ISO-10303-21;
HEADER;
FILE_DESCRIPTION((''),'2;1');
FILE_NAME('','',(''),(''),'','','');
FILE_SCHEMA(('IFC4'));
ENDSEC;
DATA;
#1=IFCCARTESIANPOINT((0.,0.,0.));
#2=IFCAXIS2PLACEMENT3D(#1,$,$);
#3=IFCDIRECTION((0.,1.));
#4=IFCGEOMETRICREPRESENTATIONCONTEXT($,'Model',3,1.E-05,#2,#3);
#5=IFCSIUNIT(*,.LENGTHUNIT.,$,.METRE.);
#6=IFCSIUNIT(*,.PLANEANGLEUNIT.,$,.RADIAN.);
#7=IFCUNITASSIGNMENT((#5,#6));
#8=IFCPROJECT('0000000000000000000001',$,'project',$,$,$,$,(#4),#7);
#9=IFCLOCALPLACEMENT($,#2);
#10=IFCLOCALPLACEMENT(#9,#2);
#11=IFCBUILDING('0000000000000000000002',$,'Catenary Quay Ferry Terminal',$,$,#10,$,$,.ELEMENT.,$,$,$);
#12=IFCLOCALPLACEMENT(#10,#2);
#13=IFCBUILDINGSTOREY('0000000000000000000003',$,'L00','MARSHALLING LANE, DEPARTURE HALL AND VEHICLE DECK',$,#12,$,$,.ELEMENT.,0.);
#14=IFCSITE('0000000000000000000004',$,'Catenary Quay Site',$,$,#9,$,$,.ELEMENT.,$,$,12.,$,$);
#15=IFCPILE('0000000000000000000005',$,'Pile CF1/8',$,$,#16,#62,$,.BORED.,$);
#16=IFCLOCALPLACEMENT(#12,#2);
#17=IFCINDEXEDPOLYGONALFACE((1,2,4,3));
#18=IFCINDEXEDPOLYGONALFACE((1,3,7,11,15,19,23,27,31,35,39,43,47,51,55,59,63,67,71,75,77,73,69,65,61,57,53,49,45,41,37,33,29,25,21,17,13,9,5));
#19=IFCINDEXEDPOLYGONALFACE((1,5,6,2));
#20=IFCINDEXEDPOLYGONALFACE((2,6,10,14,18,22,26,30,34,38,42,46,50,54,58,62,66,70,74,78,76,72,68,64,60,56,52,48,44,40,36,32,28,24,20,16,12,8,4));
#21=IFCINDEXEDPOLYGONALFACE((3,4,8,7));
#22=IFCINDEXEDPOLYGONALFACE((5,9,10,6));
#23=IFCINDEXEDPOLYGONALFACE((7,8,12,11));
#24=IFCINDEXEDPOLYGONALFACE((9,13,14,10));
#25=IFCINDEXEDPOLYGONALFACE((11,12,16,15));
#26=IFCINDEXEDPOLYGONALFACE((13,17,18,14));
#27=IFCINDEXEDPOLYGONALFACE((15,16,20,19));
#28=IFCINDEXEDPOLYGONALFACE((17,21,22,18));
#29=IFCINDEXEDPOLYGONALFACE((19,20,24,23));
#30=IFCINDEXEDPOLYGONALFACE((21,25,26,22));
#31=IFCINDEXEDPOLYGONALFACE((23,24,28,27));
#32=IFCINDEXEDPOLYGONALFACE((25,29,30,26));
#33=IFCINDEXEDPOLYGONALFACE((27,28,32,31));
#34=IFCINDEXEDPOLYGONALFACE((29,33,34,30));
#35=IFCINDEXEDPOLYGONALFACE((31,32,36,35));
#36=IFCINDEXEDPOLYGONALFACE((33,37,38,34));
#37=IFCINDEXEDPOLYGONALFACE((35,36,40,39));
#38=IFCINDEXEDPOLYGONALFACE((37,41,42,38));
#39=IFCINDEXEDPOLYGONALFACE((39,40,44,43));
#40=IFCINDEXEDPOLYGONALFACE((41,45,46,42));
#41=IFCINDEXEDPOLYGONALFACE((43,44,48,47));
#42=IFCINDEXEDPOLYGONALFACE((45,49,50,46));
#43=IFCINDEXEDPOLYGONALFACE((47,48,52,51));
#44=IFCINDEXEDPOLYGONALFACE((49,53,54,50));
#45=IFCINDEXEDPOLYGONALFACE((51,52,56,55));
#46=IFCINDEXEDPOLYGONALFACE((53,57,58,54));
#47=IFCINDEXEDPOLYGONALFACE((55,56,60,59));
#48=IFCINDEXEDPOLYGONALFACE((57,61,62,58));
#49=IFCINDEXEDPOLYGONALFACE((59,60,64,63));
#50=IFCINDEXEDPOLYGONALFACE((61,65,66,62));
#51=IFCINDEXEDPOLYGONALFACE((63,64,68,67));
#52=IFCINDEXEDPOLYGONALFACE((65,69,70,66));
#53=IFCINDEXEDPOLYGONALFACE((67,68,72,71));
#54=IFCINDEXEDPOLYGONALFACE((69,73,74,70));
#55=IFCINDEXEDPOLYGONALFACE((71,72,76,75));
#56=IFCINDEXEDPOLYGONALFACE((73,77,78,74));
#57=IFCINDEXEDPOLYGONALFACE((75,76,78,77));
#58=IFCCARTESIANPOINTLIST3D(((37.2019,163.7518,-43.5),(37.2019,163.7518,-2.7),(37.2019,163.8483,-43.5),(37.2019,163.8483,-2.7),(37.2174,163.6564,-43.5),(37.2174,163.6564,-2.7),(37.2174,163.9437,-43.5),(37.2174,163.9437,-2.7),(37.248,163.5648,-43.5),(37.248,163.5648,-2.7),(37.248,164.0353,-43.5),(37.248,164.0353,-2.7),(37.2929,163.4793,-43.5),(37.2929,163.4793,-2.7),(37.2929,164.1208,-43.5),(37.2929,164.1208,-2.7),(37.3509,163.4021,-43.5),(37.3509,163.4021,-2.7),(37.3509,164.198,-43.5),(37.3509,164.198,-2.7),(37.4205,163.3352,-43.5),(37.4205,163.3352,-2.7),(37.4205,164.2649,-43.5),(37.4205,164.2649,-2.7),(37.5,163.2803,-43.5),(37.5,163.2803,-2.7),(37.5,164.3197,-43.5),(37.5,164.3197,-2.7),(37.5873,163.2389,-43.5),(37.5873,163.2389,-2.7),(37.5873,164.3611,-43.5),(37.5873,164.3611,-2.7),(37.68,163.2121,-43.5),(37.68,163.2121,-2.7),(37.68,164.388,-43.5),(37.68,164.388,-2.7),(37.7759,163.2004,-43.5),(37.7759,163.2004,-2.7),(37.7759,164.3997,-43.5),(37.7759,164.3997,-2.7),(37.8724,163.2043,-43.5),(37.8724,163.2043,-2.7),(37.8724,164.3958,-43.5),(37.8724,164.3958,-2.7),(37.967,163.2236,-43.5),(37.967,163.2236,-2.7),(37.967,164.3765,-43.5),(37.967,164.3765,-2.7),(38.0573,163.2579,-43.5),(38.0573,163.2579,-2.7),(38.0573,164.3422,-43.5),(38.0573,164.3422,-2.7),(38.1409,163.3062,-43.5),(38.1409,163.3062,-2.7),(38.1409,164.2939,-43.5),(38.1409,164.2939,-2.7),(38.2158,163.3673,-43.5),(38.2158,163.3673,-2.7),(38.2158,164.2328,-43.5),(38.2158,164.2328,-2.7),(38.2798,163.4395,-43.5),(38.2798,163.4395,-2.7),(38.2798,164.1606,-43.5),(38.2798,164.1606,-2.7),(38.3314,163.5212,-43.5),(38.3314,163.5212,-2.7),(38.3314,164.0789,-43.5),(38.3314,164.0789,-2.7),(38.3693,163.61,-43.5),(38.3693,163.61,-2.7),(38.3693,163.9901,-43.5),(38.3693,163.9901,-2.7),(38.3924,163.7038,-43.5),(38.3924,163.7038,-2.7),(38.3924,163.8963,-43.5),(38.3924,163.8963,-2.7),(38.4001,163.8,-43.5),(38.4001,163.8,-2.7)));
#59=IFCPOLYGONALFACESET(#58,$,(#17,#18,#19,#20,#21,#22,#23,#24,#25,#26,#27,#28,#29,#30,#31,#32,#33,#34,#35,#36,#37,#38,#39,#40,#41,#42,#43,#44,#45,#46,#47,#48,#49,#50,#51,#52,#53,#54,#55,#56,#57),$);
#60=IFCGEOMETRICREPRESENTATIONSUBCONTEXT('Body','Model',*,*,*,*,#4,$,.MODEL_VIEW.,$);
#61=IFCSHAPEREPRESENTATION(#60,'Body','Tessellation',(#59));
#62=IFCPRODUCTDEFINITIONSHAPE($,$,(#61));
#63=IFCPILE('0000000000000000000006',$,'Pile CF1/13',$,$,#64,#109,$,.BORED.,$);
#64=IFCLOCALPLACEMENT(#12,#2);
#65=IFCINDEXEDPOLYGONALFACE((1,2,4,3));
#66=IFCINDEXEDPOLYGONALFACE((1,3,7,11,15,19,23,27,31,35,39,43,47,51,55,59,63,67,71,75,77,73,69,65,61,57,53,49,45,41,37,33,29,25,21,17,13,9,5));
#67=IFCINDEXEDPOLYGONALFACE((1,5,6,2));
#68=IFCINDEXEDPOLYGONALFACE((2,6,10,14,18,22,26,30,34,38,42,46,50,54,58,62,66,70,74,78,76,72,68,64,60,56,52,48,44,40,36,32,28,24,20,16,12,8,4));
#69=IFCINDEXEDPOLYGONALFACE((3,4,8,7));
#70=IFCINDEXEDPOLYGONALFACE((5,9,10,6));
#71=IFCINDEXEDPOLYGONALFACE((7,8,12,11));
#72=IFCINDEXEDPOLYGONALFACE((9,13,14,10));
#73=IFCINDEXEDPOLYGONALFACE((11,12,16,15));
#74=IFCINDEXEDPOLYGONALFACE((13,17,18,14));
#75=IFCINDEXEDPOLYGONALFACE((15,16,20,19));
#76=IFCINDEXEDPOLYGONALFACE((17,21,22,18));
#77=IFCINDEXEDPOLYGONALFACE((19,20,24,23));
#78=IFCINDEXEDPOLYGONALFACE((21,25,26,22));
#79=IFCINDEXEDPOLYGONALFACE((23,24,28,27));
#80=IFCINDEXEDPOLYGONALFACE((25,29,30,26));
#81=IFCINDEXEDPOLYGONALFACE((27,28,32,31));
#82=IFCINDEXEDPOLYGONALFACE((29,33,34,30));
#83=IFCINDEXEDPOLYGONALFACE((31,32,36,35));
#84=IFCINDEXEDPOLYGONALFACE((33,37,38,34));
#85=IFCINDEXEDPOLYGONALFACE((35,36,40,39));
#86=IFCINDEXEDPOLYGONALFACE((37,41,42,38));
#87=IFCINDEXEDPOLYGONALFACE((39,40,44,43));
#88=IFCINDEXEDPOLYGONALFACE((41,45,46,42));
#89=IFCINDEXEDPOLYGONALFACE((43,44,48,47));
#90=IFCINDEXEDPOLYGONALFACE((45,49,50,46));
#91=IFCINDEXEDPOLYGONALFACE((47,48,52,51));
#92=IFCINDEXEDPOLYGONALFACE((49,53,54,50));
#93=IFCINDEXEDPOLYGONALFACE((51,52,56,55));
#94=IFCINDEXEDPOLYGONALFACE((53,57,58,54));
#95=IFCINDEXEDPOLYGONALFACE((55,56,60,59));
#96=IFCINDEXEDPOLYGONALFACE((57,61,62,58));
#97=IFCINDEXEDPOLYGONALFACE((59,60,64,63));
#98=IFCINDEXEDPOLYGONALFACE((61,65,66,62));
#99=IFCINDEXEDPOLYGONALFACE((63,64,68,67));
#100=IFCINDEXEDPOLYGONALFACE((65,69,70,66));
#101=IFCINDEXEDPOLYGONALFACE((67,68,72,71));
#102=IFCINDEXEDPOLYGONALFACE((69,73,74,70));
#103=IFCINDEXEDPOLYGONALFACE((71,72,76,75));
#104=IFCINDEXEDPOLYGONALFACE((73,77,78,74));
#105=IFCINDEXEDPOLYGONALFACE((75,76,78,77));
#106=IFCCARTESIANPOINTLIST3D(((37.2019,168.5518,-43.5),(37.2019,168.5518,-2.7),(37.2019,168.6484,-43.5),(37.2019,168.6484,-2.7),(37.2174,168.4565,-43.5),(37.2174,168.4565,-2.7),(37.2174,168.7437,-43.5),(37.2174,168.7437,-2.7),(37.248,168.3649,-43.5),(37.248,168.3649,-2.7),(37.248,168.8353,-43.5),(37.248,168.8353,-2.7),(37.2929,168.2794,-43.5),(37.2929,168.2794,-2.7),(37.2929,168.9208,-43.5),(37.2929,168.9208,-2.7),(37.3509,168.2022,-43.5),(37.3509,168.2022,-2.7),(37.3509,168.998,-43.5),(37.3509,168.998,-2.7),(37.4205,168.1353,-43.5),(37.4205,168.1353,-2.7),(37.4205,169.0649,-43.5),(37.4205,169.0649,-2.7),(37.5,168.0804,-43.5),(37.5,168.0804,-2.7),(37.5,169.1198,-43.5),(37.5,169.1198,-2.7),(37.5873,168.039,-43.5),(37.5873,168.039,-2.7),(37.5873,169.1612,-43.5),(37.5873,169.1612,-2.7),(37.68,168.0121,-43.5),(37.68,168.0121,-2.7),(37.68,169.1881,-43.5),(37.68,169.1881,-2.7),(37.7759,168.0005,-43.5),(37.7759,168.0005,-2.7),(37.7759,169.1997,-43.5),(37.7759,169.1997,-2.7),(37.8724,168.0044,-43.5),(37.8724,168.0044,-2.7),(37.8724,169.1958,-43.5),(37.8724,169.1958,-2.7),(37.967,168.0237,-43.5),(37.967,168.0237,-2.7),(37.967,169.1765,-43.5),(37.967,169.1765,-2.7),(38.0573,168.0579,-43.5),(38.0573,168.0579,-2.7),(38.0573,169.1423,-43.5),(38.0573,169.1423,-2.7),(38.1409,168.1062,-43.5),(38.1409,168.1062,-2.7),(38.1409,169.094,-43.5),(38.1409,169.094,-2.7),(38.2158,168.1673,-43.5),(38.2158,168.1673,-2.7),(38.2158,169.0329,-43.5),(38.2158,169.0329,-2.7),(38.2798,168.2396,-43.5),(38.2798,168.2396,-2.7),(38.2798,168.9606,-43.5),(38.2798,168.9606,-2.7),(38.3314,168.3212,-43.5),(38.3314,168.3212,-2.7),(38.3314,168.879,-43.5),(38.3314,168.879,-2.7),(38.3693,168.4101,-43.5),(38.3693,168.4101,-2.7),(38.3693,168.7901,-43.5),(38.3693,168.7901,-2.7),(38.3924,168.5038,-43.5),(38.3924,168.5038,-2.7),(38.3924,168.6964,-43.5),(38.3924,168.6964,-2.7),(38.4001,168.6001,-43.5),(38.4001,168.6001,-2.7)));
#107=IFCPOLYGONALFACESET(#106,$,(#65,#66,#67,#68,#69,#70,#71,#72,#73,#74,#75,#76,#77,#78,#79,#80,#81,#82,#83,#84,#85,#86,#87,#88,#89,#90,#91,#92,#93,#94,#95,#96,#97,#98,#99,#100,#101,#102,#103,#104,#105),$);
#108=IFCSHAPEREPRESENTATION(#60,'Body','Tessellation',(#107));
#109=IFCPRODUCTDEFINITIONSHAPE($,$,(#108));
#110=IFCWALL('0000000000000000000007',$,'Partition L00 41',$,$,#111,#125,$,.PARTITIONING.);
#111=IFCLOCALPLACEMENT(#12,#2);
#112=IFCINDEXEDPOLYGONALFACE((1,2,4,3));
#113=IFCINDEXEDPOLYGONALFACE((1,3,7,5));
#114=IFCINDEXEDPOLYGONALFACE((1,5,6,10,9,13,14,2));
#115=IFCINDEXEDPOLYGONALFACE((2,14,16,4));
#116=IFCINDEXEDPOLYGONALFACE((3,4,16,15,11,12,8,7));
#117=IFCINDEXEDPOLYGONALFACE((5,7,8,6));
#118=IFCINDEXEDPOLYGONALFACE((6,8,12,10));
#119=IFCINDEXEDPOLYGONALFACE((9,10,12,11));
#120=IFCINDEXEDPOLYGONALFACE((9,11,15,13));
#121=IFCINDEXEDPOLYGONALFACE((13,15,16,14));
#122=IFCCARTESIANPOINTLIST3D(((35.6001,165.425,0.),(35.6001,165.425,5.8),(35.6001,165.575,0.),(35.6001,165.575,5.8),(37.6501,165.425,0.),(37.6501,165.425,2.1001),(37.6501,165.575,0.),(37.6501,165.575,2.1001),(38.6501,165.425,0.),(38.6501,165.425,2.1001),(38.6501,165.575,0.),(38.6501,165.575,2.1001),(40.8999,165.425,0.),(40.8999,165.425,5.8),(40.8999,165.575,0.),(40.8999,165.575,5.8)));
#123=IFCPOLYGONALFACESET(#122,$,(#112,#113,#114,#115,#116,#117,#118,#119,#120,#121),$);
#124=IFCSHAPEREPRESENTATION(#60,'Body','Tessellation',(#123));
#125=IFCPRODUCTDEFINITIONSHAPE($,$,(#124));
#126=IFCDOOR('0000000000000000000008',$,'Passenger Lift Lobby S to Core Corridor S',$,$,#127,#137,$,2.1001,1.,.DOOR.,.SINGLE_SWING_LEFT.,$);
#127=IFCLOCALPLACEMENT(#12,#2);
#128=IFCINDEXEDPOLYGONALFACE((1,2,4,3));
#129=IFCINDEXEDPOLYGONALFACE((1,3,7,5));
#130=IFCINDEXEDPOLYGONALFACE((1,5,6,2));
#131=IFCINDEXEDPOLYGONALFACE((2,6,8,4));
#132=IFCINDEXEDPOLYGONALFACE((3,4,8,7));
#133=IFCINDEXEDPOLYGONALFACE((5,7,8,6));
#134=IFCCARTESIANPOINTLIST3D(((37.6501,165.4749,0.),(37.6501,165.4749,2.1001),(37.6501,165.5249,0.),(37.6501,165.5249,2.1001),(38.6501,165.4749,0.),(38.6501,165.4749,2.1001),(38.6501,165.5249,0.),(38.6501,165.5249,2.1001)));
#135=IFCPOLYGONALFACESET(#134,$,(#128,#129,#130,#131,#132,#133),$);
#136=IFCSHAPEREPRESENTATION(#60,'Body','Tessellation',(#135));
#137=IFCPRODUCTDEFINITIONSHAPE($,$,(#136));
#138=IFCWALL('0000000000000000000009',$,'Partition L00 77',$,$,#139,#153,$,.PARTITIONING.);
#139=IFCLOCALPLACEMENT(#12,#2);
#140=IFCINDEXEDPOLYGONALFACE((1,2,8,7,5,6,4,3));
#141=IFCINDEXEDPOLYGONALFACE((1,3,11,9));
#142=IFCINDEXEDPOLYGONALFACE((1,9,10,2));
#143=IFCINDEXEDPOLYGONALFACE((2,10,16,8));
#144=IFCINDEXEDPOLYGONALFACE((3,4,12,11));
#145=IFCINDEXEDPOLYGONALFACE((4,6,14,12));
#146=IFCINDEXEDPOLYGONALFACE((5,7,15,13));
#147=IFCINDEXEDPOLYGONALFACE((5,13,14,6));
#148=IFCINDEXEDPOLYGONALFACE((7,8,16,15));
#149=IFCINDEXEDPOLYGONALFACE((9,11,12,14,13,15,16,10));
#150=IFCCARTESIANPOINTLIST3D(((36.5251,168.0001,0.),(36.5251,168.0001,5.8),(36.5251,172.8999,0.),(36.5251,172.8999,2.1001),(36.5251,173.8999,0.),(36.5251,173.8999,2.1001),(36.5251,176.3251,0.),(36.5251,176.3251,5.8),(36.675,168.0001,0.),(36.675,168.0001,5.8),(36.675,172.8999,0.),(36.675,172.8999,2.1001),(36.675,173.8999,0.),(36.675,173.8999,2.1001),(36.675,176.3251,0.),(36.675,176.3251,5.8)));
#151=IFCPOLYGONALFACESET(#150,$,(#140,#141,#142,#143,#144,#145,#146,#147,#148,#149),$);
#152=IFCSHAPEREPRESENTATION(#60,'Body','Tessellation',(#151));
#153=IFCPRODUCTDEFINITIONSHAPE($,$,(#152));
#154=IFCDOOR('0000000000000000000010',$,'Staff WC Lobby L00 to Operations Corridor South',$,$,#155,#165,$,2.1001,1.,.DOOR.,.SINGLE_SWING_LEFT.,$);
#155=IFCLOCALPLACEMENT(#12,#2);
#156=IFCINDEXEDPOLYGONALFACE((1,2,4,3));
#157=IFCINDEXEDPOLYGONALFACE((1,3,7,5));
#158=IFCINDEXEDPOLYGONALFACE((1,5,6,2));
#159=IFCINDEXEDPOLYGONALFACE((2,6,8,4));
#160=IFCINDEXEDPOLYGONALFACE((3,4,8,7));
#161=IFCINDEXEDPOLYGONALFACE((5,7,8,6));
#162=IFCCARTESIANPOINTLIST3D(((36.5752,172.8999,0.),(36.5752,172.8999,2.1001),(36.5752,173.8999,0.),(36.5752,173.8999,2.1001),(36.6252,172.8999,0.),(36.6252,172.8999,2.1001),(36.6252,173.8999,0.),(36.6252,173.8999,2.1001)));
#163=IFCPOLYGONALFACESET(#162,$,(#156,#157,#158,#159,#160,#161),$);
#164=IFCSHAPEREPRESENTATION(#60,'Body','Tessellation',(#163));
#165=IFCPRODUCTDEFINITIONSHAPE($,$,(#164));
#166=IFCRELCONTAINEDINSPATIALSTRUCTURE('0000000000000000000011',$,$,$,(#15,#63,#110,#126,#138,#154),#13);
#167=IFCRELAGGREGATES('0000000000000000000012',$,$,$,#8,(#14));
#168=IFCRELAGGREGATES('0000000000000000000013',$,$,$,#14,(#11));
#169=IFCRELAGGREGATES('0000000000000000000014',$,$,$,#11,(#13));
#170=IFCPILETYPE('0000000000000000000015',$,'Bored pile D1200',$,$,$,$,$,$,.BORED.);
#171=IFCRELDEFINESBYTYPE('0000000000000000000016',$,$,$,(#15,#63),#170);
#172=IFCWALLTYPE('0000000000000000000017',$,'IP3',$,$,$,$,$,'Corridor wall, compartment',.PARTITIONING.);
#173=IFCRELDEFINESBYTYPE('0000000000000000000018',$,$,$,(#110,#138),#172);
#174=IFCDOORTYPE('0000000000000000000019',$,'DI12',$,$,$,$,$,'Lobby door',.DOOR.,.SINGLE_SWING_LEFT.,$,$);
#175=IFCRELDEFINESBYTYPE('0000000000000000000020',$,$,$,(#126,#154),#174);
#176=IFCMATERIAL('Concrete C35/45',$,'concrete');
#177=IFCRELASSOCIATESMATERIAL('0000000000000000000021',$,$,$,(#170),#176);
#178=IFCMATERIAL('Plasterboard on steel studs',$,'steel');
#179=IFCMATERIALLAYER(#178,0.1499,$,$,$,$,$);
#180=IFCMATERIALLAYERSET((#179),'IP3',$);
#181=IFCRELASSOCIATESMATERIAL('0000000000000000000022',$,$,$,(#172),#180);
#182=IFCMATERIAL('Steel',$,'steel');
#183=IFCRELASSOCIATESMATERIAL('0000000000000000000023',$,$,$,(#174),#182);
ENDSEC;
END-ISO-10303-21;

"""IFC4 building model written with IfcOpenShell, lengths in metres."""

from ifc_helpers import new_model, si_unit, direction, frame, frame_2d, origin, origin_2d, place, context, subcontext, project, spatial, rectangle, circle, extrude, material, layer, layer_set, material_profile, profile_set, type_object, element, fill, save


model = new_model("IFC4")

# Units and contexts
model_context = context("Model", 3, precision=1e-05, world=origin(), true_north=direction((0.0, 1.0)))
body_context = subcontext(model_context, "Body", "Model", "MODEL_VIEW")
ifc_project = project(units=[si_unit("LENGTHUNIT", "METRE"), si_unit("PLANEANGLEUNIT", "RADIAN")], contexts=[model_context])

# Site, building, storey
site_placement = place(None, origin())
site = spatial("IfcSite", under=ifc_project, at=site_placement, Name="Catenary Quay Site", CompositionType="ELEMENT", RefElevation=12.0)
building_placement = place(site_placement, origin())
building = spatial("IfcBuilding", under=site, at=building_placement, Name="Catenary Quay Ferry Terminal", CompositionType="ELEMENT")
storey_placement = place(building_placement, origin())
storey = spatial("IfcBuildingStorey", under=building, at=storey_placement, Name="L00", Description="MARSHALLING LANE, DEPARTURE HALL AND VEHICLE DECK", CompositionType="ELEMENT", Elevation=0.0)

# Piles
ifc_material_1 = material(Name="Concrete C35/45", Category="concrete")
ifc_material_profile = material_profile(ifc_material_1, circle(Radius=0.6001, at=origin_2d()), Name="D1200")
ifc_profile_set = profile_set([ifc_material_profile], Name="Concrete C35/45")
pile_type = type_object("IfcPileType", Name="Bored pile D1200", PredefinedType="BORED", material=ifc_profile_set)
for number, where, z_axis, x_axis, name in (
    (1, (37.8, 163.8, -2.7), (0.0, 0.0, -1.0), (1.0, 0.0, 0.0), "Pile CF1/8"),
    (2, (37.8, 168.6001, -2.7), (0.0, 0.0, -1.0), (1.0, 0.0, 0.0), "Pile CF1/13"),
):
    element("IfcPile", number, at=place(storey_placement, frame(where, z_axis=z_axis, x_axis=x_axis)), inside=storey, type_object=pile_type, Name=name, PredefinedType="BORED", context=body_context, shape_type="SweptSolid", body=[
        extrude(circle(Radius=0.6001, at=origin_2d()), origin(), (0.0, 0.0, 1.0), 40.8),
    ])

# Walls, openings, doors
ifc_material_2 = material(Name="Plasterboard on steel studs", Category="steel")
ifc_layer_1 = layer(ifc_material_2, 0.1499)
ifc_layer_set_1 = layer_set([ifc_layer_1], Name="IP3")
wall_type_1 = type_object("IfcWallType", Name="IP3", ElementType="Corridor wall, compartment", PredefinedType="PARTITIONING", material=ifc_layer_set_1)
wall_1_placement = place(storey_placement, frame((35.6001, 165.5, 0.0), z_axis=(0.0, 0.0, 1.0), x_axis=(1.0, 0.0, 0.0)))
wall_1 = element("IfcWall", 3, at=wall_1_placement, inside=storey, type_object=wall_type_1, Name="Partition L00 41", PredefinedType="PARTITIONING", context=body_context, shape_type="SweptSolid", body=[
    extrude(rectangle(XDim=5.2998, YDim=0.1499, at=frame_2d((2.6499, 0.0))), origin(), (0.0, 0.0, 1.0), 5.8),
])
opening_1_placement = place(wall_1_placement, frame((2.05, 0.0, 0.0)))
opening_1 = element("IfcOpeningElement", 4, at=opening_1_placement, cuts=wall_1, PredefinedType="OPENING", context=body_context, shape_type="SweptSolid", body=[
    extrude(rectangle(XDim=1.0, YDim=2.1001, at=frame_2d((0.5, 1.05))), frame((0.0, 0.085, 0.0), z_axis=(0.0, -1.0, 0.0), x_axis=(1.0, 0.0, 0.0)), (0.0, 0.0, 1.0), 0.1699),
])
ifc_material_3 = material(Name="Steel", Category="steel")
door_type_1 = type_object("IfcDoorType", Name="DI12", ElementType="Lobby door", OperationType="SINGLE_SWING_LEFT", PredefinedType="DOOR", material=ifc_material_3)
door_1_placement = place(opening_1_placement, origin())
door_1 = element("IfcDoor", 5, at=door_1_placement, inside=storey, type_object=door_type_1, Name="Passenger Lift Lobby S to Core Corridor S", OperationType="SINGLE_SWING_LEFT", OverallHeight=2.1001, OverallWidth=1.0, PredefinedType="DOOR", context=body_context, shape_type="SweptSolid", body=[
    extrude(rectangle(XDim=1.0, YDim=2.1001, at=frame_2d((0.5, 1.05))), frame((0.0, 0.0249, 0.0), z_axis=(0.0, -1.0, 0.0), x_axis=(1.0, 0.0, 0.0)), (0.0, 0.0, 1.0), 0.05),
])
fill(opening_1, door_1)
wall_2_placement = place(storey_placement, frame((36.6001, 168.0, 0.0), z_axis=(0.0, 0.0, 1.0), x_axis=(0.0, 1.0, 0.0)))
wall_2 = element("IfcWall", 6, at=wall_2_placement, inside=storey, type_object=wall_type_1, Name="Partition L00 77", PredefinedType="PARTITIONING", context=body_context, shape_type="SweptSolid", body=[
    extrude(rectangle(XDim=8.325, YDim=0.1499, at=frame_2d((4.1626, 0.0))), origin(), (0.0, 0.0, 1.0), 5.8),
])
opening_2_placement = place(wall_2_placement, frame((4.8999, 0.0, 0.0)))
opening_2 = element("IfcOpeningElement", 7, at=opening_2_placement, cuts=wall_2, PredefinedType="OPENING", context=body_context, shape_type="SweptSolid", body=[
    extrude(rectangle(XDim=1.0, YDim=2.1001, at=frame_2d((0.5, 1.05))), frame((0.0, 0.085, 0.0), z_axis=(0.0, -1.0, 0.0), x_axis=(1.0, 0.0, 0.0)), (0.0, 0.0, 1.0), 0.1699),
])
door_2_placement = place(opening_2_placement, origin())
door_2 = element("IfcDoor", 8, at=door_2_placement, inside=storey, type_object=door_type_1, Name="Staff WC Lobby L00 to Operations Corridor South", OperationType="SINGLE_SWING_LEFT", OverallHeight=2.1001, OverallWidth=1.0, PredefinedType="DOOR", context=body_context, shape_type="SweptSolid", body=[
    extrude(rectangle(XDim=1.0, YDim=2.1001, at=frame_2d((0.5, 1.05))), frame((0.0, 0.0249, 0.0), z_axis=(0.0, -1.0, 0.0), x_axis=(1.0, 0.0, 0.0)), (0.0, 0.0, 1.0), 0.05),
])
fill(opening_2, door_2)

save(model, "model.ifc")
